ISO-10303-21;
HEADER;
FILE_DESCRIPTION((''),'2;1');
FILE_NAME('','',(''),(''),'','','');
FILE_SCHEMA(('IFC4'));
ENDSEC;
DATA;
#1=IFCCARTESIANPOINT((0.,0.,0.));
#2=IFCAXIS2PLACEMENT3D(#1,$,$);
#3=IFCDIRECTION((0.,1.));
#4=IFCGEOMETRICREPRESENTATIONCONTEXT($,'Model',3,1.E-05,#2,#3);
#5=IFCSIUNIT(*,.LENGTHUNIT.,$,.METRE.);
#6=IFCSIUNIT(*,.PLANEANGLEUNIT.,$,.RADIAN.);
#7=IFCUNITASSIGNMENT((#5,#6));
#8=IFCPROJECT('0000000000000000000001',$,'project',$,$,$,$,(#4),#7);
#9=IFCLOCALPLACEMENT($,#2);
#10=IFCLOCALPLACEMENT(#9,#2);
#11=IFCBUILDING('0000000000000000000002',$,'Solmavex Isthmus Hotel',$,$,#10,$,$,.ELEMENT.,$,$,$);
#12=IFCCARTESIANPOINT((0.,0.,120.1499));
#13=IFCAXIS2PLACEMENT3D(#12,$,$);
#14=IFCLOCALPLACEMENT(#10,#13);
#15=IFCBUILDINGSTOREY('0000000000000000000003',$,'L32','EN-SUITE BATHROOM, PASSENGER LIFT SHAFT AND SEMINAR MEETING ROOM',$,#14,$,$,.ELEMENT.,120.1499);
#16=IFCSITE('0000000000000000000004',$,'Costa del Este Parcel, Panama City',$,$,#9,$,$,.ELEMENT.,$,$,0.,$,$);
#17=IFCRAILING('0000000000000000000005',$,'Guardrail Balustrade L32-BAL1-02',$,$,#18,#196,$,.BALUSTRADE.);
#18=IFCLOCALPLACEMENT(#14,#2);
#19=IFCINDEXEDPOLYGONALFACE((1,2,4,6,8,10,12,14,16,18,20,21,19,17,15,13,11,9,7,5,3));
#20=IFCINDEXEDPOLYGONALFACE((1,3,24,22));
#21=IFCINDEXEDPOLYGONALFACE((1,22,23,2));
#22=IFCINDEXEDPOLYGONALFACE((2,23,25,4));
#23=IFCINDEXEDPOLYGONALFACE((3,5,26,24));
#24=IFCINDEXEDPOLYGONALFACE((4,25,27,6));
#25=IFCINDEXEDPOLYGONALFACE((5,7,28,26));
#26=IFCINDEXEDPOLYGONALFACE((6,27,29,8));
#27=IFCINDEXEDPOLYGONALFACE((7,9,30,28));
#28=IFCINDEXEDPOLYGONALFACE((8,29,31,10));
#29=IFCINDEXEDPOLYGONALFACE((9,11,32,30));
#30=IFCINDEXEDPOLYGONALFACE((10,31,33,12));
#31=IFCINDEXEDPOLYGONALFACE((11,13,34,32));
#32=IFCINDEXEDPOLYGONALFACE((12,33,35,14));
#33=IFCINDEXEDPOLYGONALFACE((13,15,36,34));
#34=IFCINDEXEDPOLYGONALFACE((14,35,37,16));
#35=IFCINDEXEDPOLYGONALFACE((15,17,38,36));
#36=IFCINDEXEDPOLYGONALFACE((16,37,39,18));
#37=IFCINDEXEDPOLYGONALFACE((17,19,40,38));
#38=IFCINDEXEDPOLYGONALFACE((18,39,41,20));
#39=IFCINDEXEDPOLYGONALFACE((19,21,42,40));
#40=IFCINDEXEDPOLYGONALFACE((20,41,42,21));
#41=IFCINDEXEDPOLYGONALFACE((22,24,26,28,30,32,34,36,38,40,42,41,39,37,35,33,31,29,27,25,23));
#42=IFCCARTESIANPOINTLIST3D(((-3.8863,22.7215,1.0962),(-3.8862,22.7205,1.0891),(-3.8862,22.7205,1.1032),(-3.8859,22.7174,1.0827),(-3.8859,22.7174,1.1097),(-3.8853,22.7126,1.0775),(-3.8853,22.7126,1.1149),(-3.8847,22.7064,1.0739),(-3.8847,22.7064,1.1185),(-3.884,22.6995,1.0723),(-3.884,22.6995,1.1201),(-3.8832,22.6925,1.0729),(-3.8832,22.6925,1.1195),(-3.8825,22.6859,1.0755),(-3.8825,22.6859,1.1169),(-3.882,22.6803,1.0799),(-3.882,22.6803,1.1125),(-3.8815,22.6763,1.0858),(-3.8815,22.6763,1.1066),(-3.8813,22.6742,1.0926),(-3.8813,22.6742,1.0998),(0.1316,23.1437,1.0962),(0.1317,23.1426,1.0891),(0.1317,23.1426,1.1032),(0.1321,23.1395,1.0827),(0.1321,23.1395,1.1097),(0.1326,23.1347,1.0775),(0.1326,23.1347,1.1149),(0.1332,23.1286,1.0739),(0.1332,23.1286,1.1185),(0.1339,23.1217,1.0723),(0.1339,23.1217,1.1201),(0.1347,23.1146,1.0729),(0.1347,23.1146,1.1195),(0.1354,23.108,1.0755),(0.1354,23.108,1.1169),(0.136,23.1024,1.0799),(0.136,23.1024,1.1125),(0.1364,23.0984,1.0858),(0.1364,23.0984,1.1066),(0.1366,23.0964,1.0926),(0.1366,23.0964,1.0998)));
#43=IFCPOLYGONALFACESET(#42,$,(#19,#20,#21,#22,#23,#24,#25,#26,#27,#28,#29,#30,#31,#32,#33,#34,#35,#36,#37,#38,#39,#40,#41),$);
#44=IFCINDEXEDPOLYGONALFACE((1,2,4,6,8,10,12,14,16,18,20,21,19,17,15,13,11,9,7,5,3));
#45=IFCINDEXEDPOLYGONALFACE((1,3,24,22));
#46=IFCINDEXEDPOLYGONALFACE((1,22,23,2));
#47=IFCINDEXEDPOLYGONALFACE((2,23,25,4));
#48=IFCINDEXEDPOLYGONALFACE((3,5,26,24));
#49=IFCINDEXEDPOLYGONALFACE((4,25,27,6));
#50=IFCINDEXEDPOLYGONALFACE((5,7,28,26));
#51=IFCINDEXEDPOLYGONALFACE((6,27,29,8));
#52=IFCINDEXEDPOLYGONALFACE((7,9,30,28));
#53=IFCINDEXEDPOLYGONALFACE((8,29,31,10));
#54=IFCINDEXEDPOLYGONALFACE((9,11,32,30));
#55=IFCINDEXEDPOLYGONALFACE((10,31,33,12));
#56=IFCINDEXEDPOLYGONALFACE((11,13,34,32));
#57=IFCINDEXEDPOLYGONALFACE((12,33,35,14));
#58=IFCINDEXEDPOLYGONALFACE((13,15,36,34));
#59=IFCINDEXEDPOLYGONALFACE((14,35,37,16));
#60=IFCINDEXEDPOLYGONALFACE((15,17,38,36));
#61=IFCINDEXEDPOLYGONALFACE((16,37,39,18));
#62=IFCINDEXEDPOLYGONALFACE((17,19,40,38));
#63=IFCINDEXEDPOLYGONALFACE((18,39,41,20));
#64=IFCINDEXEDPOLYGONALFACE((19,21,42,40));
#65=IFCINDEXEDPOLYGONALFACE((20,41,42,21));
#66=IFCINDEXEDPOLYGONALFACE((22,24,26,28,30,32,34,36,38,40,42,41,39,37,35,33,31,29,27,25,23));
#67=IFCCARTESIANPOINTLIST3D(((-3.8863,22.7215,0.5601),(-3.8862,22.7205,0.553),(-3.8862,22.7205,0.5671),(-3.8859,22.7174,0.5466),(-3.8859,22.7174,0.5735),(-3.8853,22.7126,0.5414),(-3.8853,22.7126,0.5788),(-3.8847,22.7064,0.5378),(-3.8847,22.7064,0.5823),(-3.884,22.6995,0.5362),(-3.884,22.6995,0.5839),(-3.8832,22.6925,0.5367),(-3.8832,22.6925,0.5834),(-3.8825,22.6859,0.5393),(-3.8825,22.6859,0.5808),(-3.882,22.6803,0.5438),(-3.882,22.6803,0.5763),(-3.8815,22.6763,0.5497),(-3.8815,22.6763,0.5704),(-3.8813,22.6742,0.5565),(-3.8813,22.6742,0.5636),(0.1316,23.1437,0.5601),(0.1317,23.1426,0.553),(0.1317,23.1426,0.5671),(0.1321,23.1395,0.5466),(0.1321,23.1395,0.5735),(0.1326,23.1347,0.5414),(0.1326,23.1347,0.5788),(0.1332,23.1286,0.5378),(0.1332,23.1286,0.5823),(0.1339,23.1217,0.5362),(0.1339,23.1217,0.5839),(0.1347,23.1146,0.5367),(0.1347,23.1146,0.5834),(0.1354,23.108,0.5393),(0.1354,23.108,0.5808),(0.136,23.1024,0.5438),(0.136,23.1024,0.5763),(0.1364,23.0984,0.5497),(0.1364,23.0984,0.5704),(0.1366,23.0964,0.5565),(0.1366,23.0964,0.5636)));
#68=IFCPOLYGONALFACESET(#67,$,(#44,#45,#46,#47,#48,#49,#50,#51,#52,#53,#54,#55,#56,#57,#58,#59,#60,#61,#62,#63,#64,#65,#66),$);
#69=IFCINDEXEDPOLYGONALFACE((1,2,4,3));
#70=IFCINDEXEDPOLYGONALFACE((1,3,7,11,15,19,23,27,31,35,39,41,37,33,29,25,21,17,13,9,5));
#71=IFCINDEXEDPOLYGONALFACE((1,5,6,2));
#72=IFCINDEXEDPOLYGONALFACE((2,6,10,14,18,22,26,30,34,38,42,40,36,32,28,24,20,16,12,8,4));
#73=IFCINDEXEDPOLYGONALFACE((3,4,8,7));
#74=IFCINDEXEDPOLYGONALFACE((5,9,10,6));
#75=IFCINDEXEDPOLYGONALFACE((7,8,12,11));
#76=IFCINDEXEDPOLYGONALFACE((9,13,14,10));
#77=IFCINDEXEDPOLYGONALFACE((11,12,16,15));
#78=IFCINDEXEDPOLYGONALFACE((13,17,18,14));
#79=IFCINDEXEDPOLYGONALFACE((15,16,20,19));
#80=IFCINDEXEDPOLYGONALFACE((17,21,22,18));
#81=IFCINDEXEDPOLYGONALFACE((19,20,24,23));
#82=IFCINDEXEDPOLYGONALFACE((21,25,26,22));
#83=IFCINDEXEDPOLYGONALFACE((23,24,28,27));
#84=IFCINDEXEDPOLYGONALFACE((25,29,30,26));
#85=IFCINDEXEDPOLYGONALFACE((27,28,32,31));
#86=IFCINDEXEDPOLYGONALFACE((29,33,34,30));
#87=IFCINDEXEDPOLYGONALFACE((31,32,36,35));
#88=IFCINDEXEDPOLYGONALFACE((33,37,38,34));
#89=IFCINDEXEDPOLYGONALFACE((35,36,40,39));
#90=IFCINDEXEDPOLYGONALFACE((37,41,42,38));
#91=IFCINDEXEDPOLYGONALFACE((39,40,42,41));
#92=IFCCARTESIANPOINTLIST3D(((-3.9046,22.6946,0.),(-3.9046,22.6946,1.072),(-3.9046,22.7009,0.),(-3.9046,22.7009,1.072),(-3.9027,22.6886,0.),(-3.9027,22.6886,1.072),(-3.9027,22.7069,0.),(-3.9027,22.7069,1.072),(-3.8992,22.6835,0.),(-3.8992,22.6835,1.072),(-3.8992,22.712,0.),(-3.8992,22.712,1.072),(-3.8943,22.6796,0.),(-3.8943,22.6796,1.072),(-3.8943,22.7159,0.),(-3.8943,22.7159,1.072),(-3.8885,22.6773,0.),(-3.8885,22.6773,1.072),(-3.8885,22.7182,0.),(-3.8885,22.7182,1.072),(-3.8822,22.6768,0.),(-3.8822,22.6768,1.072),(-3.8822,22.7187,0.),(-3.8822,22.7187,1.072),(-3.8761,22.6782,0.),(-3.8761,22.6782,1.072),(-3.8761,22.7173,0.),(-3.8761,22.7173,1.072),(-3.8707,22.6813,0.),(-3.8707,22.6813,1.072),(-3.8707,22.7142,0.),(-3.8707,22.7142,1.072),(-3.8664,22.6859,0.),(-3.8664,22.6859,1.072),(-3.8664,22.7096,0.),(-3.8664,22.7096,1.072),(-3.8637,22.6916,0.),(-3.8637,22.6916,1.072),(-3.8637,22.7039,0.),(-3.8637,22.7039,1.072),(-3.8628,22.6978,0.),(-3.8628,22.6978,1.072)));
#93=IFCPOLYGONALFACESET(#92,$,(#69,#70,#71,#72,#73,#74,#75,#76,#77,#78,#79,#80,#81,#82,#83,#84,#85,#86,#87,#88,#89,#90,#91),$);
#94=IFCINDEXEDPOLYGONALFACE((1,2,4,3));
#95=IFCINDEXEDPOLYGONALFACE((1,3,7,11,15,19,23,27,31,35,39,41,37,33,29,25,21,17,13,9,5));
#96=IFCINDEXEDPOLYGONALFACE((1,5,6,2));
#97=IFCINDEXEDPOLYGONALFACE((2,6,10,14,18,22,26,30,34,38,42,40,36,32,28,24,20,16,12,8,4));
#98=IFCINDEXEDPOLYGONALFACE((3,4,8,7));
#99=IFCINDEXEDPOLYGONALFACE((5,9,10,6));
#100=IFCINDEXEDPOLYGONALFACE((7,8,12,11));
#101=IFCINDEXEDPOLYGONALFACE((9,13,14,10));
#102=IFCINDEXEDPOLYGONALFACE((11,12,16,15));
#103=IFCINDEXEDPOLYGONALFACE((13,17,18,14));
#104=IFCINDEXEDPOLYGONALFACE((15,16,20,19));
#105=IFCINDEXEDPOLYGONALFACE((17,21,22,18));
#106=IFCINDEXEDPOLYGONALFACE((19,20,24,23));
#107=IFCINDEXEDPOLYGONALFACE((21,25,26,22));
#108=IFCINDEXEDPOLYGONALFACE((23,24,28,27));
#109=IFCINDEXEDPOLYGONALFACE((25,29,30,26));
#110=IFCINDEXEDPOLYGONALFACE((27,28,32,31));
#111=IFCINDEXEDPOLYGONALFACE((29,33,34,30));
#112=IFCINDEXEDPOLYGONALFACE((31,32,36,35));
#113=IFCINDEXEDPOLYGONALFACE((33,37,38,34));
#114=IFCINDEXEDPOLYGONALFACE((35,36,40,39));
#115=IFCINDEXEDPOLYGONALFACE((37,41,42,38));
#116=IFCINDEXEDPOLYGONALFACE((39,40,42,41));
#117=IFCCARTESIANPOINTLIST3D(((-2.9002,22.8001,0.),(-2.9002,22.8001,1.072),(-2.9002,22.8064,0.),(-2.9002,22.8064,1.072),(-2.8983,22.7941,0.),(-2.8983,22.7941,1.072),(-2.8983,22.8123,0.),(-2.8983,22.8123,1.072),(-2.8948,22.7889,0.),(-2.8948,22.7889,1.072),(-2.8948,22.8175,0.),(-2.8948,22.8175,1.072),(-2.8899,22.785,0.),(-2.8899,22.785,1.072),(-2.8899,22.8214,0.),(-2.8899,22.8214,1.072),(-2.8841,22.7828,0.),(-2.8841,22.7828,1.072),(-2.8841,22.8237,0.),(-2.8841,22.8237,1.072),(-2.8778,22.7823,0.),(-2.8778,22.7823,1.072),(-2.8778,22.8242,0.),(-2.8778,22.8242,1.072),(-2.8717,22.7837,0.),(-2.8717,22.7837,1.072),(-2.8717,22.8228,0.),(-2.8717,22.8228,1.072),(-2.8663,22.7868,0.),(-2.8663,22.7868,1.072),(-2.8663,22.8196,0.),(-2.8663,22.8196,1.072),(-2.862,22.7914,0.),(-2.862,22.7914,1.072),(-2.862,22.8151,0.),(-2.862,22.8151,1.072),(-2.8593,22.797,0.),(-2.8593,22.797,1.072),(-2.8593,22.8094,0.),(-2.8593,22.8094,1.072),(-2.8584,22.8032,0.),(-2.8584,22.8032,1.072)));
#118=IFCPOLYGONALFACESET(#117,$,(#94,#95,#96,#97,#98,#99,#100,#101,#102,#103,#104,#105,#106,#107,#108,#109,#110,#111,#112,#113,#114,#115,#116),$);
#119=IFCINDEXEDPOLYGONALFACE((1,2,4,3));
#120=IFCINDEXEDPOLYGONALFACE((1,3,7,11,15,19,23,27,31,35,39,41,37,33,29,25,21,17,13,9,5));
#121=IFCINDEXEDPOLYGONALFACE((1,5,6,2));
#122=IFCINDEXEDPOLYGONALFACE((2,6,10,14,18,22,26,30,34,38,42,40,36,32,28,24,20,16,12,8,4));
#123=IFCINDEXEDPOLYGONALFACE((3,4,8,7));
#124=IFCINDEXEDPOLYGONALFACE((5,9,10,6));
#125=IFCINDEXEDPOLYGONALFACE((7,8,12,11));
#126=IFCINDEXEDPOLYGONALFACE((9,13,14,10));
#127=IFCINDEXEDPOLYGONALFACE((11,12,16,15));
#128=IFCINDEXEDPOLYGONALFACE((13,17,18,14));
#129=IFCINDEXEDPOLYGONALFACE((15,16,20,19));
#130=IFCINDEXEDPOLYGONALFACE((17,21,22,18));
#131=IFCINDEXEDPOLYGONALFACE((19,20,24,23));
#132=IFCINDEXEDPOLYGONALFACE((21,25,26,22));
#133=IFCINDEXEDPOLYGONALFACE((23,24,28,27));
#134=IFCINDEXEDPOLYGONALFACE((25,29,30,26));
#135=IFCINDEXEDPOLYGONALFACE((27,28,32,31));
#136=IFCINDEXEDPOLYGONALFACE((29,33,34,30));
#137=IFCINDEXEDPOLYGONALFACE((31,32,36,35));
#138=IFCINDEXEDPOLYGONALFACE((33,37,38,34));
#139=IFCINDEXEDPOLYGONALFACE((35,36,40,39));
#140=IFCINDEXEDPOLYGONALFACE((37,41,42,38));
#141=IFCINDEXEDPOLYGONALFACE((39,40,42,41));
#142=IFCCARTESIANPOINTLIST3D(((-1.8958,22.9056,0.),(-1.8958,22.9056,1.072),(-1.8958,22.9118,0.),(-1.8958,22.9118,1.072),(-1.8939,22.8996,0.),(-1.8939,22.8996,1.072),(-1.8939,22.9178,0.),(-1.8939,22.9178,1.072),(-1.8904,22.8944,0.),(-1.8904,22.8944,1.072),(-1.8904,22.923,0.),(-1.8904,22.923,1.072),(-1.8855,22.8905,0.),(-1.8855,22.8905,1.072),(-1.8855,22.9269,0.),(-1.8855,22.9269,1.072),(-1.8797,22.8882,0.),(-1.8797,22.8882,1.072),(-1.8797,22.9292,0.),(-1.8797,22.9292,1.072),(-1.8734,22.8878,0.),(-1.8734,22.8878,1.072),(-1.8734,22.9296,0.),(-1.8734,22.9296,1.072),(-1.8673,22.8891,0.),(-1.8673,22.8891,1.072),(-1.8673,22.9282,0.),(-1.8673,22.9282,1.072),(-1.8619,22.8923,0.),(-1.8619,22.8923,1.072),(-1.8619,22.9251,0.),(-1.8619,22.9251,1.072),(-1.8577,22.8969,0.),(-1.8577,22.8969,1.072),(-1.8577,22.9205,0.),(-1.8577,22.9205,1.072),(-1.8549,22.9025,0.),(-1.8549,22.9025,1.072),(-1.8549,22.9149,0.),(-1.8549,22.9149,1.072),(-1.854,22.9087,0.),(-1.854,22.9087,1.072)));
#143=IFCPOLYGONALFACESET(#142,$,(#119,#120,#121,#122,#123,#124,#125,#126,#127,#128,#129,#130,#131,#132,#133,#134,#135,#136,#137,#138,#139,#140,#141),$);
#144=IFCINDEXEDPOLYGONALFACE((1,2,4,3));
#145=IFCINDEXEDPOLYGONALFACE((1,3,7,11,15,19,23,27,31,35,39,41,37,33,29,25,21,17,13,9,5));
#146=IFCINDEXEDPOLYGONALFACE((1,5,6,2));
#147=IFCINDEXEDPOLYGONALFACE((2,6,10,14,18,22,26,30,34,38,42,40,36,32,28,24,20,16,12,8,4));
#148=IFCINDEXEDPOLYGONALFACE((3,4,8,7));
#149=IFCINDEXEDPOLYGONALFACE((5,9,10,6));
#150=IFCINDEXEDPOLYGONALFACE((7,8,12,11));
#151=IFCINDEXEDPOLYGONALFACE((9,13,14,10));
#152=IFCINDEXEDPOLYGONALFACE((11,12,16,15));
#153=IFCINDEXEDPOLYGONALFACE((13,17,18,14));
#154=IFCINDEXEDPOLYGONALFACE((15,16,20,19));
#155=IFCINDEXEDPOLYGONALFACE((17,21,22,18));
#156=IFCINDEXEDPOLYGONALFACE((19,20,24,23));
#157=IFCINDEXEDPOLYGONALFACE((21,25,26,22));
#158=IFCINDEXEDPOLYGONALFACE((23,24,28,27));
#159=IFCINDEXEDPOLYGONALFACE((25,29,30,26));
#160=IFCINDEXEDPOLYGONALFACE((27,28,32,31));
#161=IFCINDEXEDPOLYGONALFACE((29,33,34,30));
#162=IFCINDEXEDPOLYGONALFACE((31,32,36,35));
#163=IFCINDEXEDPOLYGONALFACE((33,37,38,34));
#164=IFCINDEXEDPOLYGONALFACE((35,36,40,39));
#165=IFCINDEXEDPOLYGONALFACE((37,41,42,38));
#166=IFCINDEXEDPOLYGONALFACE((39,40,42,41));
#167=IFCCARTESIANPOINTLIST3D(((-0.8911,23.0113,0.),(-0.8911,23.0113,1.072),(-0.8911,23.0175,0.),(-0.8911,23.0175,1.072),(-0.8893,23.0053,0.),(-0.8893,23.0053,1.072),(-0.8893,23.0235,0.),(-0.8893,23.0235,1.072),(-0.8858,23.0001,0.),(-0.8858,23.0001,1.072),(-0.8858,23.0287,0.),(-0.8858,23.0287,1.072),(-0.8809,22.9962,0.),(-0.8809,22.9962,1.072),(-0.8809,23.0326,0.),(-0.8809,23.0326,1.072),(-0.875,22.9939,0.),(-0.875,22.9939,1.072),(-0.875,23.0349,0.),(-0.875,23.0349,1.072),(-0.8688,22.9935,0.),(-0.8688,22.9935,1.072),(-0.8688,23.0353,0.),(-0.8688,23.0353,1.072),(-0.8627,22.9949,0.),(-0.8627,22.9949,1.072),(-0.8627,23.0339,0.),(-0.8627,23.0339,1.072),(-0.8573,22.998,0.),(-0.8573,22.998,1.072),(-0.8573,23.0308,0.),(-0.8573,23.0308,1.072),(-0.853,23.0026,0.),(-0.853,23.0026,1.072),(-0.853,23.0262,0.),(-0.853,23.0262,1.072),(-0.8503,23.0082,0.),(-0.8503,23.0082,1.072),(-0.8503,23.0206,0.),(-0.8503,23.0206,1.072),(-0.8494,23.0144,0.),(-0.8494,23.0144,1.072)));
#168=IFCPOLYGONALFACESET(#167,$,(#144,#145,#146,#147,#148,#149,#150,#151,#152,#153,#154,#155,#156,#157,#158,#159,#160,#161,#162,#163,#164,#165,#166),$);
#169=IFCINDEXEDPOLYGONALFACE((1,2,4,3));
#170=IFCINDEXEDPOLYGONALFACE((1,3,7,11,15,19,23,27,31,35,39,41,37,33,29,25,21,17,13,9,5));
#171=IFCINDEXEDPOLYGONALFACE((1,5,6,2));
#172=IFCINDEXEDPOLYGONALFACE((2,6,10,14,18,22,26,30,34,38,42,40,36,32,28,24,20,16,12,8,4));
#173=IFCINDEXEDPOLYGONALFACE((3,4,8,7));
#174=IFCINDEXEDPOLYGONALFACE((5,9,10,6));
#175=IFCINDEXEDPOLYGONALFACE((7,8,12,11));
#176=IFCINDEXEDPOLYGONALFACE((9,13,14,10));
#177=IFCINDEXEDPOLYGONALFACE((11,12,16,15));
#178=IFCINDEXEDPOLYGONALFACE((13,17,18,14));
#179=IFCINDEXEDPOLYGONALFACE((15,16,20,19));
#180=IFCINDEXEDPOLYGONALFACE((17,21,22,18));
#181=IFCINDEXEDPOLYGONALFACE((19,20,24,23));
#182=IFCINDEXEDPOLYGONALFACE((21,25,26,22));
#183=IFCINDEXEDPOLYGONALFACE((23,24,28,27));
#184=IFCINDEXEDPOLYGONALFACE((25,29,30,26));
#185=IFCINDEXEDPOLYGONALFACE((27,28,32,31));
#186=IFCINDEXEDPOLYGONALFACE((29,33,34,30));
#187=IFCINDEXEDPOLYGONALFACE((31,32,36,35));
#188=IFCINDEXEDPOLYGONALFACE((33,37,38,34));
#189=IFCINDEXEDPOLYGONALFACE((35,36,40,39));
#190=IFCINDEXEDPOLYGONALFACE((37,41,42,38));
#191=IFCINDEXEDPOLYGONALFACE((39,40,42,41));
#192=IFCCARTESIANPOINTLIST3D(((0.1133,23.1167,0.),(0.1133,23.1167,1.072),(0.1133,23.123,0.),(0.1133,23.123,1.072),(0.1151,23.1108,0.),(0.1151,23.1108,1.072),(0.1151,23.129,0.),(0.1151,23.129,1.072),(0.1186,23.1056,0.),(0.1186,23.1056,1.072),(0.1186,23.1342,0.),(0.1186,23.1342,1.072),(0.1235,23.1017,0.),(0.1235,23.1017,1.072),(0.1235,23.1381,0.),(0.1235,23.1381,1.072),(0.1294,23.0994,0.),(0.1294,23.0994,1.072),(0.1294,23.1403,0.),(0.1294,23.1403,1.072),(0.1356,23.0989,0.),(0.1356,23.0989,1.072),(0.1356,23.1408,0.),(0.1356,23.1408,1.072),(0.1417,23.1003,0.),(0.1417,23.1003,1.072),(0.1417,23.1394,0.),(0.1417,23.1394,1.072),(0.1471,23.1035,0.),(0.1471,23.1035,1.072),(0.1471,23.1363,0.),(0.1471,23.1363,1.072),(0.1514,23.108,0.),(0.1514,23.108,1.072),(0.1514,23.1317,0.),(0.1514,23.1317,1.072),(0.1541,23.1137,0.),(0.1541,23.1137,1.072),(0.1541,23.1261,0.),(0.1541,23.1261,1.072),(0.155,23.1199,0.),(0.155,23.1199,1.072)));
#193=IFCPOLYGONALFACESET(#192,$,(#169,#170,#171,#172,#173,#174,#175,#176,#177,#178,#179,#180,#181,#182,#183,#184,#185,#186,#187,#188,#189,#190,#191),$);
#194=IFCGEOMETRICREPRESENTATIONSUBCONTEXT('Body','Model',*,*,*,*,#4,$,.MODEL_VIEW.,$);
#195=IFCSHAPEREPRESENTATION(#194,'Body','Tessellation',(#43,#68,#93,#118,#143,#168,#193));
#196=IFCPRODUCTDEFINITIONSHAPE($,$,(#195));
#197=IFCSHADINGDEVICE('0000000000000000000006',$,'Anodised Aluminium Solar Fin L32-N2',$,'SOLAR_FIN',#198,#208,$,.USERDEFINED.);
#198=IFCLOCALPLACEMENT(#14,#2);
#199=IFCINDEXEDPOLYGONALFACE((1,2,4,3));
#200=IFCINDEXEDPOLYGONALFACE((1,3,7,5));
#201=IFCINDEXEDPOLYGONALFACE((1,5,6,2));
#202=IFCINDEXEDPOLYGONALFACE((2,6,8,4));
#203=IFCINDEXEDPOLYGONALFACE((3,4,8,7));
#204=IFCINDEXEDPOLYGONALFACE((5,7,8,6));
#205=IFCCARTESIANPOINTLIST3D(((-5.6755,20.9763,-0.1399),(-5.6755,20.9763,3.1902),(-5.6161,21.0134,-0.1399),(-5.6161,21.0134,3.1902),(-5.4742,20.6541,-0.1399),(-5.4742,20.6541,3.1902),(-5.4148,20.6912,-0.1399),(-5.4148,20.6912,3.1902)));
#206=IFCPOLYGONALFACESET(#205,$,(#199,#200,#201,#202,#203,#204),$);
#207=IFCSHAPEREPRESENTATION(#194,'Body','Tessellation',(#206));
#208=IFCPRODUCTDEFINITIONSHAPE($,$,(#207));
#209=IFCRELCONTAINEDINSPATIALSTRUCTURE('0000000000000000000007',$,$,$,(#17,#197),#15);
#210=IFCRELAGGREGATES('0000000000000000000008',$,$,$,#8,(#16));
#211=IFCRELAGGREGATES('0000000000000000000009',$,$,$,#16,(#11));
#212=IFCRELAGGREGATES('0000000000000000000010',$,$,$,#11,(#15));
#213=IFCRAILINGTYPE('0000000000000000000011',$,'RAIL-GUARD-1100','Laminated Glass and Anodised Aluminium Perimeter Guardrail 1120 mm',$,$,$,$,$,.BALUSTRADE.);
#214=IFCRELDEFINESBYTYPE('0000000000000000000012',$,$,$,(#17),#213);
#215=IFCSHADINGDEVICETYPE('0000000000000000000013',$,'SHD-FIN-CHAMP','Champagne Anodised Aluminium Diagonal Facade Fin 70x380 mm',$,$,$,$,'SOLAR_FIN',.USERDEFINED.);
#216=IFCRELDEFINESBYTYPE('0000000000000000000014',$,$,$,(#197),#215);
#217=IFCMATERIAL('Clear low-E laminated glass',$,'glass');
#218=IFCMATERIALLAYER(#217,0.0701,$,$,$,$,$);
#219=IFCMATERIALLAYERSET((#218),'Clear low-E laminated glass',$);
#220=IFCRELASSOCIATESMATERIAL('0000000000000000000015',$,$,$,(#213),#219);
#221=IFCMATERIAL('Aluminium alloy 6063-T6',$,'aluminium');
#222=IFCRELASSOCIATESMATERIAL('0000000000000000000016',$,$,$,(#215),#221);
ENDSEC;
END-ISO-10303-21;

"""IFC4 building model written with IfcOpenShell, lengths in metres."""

from ifc_helpers import new_model, si_unit, direction, frame, origin, origin_2d, place, context, subcontext, project, spatial, rectangle, circle, extrude, material, layer, layer_set, type_object, element, save


model = new_model("IFC4")

# Units and contexts
model_context = context("Model", 3, precision=1e-05, world=origin(), true_north=direction((0.0, 1.0)))
body_context = subcontext(model_context, "Body", "Model", "MODEL_VIEW")
ifc_project = project(units=[si_unit("LENGTHUNIT", "METRE"), si_unit("PLANEANGLEUNIT", "RADIAN")], contexts=[model_context])

# Site, building, storey
site_placement = place(None, origin())
site = spatial("IfcSite", under=ifc_project, at=site_placement, Name="Costa del Este Parcel, Panama City", CompositionType="ELEMENT", RefElevation=0.0)
building_placement = place(site_placement, origin())
building = spatial("IfcBuilding", under=site, at=building_placement, Name="Solmavex Isthmus Hotel", CompositionType="ELEMENT")
storey_placement = place(building_placement, frame((0.0, 0.0, 120.1499)))
storey = spatial("IfcBuildingStorey", under=building, at=storey_placement, Name="L32", Description="EN-SUITE BATHROOM, PASSENGER LIFT SHAFT AND SEMINAR MEETING ROOM", CompositionType="ELEMENT", Elevation=120.1499)

# Shared definitions
ifc_material_1 = material(Name="Aluminium alloy 6063-T6", Category="aluminium")

# Shared definitions
ifc_material_2 = material(Name="Clear low-E laminated glass", Category="glass")

# Railing
ifc_layer_1 = layer(ifc_material_2, 0.0701)
ifc_layer_set_1 = layer_set([ifc_layer_1], Name="Clear low-E laminated glass")
railing_type = type_object("IfcRailingType", Name="RAIL-GUARD-1100", Description="Laminated Glass and Anodised Aluminium Perimeter Guardrail 1120 mm", PredefinedType="BALUSTRADE", material=ifc_layer_set_1)
railing_1_placement = place(storey_placement, frame((-3.8838, 22.6978, 0.0)))
element("IfcRailing", 1, at=railing_1_placement, inside=storey, type_object=railing_type, Name="Guardrail Balustrade L32-BAL1-02", PredefinedType="BALUSTRADE", context=body_context, shape_type="SweptSolid", body=[
    extrude(circle(Radius=0.0239, at=origin_2d()), frame((0.0, 0.0, 1.0962), z_axis=(0.994526, 0.104487, 0.0), x_axis=(-0.104487, 0.994526, 0.0)), (0.0, 0.0, 1.0), 4.04),
    extrude(circle(Radius=0.0239, at=origin_2d()), frame((0.0, 0.0, 0.5601), z_axis=(0.994526, 0.104487, 0.0), x_axis=(-0.104487, 0.994526, 0.0)), (0.0, 0.0, 1.0), 4.04),
    extrude(circle(Radius=0.021, at=origin_2d()), origin(), (0.0, 0.0, 1.0), 1.072),
    extrude(circle(Radius=0.021, at=origin_2d()), frame((1.0044, 0.1055, 0.0)), (0.0, 0.0, 1.0), 1.072),
    extrude(circle(Radius=0.021, at=origin_2d()), frame((2.0088, 0.2109, 0.0)), (0.0, 0.0, 1.0), 1.072),
    extrude(circle(Radius=0.021, at=origin_2d()), frame((3.0134, 0.3167, 0.0)), (0.0, 0.0, 1.0), 1.072),
    extrude(circle(Radius=0.021, at=origin_2d()), frame((4.0178, 0.4221, 0.0)), (0.0, 0.0, 1.0), 1.072),
])

# Shading device
shading_device_type = type_object("IfcShadingDeviceType", Name="SHD-FIN-CHAMP", Description="Champagne Anodised Aluminium Diagonal Facade Fin 70x380 mm", ElementType="SOLAR_FIN", PredefinedType="USERDEFINED", material=ifc_material_1)
shading_device_placement = place(storey_placement, frame((-5.5452, 20.8337, -0.1399), z_axis=(0.0, 0.0, 1.0), x_axis=(-0.529919, 0.848048, 0.0)))
element("IfcShadingDevice", 2, at=shading_device_placement, inside=storey, type_object=shading_device_type, Name="Anodised Aluminium Solar Fin L32-N2", ObjectType="SOLAR_FIN", PredefinedType="USERDEFINED", context=body_context, shape_type="SweptSolid", body=[
    extrude(rectangle(XDim=0.3799, YDim=0.0701, at=origin_2d()), origin(), (0.0, 0.0, 1.0), 3.3301),
])

save(model, "model.ifc")
